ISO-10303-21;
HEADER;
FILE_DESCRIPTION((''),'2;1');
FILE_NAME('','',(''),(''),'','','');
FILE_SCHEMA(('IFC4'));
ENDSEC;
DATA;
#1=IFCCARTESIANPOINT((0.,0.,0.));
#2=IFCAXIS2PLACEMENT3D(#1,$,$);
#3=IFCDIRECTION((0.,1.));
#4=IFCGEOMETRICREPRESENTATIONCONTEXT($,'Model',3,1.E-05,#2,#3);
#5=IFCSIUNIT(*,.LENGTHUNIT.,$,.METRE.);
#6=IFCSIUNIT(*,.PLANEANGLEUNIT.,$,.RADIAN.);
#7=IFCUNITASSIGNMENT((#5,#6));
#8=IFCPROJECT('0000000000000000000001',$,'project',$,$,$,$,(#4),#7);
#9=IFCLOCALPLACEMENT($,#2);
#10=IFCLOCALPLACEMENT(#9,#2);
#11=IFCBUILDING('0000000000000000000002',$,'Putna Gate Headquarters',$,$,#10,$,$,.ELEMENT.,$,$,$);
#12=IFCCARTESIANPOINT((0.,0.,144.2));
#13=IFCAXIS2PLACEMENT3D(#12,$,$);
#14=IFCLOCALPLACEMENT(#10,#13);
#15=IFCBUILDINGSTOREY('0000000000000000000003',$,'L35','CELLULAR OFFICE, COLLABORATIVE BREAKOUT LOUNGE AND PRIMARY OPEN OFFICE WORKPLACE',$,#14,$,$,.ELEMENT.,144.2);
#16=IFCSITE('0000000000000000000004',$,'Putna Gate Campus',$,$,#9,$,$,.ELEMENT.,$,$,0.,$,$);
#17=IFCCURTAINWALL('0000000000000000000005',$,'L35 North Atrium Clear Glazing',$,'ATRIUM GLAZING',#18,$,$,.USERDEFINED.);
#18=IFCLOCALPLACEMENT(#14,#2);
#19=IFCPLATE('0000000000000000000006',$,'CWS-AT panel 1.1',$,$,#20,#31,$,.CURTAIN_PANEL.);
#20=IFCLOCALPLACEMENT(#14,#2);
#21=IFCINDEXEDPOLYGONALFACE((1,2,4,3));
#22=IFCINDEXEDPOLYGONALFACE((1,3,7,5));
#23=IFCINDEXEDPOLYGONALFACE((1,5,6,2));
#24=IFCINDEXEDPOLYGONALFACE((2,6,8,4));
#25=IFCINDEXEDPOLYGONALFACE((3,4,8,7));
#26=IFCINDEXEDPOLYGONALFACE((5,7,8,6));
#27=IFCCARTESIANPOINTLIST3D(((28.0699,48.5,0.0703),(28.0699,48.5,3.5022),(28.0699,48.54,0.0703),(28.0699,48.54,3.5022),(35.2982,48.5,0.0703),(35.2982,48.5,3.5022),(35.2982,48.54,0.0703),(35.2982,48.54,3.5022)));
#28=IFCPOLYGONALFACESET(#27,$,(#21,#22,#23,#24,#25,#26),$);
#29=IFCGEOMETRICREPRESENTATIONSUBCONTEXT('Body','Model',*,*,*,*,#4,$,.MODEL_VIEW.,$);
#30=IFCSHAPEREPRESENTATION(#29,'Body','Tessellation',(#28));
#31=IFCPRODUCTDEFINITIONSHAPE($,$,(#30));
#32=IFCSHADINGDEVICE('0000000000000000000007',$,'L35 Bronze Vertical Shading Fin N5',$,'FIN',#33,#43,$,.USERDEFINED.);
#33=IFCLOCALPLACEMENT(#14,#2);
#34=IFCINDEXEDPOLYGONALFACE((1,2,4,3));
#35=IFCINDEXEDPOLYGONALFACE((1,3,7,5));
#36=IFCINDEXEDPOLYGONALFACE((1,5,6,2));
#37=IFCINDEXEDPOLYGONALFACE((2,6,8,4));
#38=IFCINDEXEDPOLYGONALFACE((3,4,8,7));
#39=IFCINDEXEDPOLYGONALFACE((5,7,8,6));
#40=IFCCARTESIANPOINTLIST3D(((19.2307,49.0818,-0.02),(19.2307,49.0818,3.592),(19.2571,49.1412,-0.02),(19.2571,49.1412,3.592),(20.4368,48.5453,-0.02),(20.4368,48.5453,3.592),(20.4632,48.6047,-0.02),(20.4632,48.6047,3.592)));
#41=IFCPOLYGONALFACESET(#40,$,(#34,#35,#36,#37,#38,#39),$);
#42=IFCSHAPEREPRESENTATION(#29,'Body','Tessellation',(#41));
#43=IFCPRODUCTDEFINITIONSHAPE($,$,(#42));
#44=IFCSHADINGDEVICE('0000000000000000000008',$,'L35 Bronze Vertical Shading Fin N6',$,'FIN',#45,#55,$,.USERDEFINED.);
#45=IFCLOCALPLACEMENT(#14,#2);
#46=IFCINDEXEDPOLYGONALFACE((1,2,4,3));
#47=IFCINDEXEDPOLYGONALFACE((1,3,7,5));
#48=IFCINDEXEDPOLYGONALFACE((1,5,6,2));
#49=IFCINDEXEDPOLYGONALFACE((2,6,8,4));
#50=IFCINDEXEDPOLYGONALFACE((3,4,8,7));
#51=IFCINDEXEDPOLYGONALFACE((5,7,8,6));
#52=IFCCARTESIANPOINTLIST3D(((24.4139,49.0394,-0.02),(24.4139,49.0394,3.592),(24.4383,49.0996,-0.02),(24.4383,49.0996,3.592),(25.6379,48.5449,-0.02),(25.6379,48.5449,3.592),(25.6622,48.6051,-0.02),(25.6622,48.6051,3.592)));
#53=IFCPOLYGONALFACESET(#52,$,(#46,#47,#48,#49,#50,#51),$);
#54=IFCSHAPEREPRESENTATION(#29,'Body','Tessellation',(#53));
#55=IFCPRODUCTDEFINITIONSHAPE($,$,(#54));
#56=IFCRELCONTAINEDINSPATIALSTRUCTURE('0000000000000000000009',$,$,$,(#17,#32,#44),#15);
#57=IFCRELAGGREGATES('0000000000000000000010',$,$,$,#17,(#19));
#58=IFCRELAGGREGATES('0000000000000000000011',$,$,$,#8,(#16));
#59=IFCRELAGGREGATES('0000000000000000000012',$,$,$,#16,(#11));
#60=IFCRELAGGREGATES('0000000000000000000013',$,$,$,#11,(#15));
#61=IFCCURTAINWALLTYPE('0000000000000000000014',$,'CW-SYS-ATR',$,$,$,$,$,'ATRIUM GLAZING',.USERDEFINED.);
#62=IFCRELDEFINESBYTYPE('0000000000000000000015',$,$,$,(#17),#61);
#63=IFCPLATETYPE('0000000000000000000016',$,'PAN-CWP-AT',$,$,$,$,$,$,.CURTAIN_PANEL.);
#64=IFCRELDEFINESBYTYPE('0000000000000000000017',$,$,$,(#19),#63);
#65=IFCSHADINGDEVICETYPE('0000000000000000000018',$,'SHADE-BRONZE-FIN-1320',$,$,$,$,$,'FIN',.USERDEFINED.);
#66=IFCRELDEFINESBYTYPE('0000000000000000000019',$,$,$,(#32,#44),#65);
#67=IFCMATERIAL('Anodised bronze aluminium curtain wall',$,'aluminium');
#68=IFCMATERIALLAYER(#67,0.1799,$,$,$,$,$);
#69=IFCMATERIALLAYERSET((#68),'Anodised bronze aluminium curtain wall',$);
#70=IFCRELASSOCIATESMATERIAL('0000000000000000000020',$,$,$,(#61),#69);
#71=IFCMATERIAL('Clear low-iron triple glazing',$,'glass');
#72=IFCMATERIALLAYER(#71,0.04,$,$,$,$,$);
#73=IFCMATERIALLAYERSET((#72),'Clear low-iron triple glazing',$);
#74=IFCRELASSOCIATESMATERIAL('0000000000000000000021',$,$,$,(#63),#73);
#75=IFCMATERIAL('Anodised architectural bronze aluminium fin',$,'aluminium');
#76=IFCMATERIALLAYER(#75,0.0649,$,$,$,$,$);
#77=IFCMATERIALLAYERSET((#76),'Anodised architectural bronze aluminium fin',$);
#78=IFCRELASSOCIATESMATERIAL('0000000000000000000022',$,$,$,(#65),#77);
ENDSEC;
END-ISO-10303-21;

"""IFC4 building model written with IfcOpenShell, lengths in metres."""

from ifc_helpers import new_model, si_unit, direction, frame, origin, origin_2d, place, context, subcontext, project, spatial, rectangle, extrude, material, layer, layer_set, type_object, element, aggregate, save


model = new_model("IFC4")

# Units and contexts
model_context = context("Model", 3, precision=1e-05, world=origin(), true_north=direction((0.0, 1.0)))
body_context = subcontext(model_context, "Body", "Model", "MODEL_VIEW")
ifc_project = project(units=[si_unit("LENGTHUNIT", "METRE"), si_unit("PLANEANGLEUNIT", "RADIAN")], contexts=[model_context])

# Site, building, storey
site_placement = place(None, origin())
site = spatial("IfcSite", under=ifc_project, at=site_placement, Name="Putna Gate Campus", CompositionType="ELEMENT", RefElevation=0.0)
building_placement = place(site_placement, origin())
building = spatial("IfcBuilding", under=site, at=building_placement, Name="Putna Gate Headquarters", CompositionType="ELEMENT")
storey_placement = place(building_placement, frame((0.0, 0.0, 144.2)))
storey = spatial("IfcBuildingStorey", under=building, at=storey_placement, Name="L35", Description="CELLULAR OFFICE, COLLABORATIVE BREAKOUT LOUNGE AND PRIMARY OPEN OFFICE WORKPLACE", CompositionType="ELEMENT", Elevation=144.2)

# Shared definitions
ifc_material_1 = material(Name="Anodised bronze aluminium curtain wall", Category="aluminium")

# Curtain wall
ifc_layer_1 = layer(ifc_material_1, 0.1799)
ifc_layer_set_1 = layer_set([ifc_layer_1], Name="Anodised bronze aluminium curtain wall")
curtain_wall_type_1 = type_object("IfcCurtainWallType", Name="CW-SYS-ATR", ElementType="ATRIUM GLAZING", PredefinedType="USERDEFINED", material=ifc_layer_set_1)
curtain_wall_1_placement = place(storey_placement, origin())
curtain_wall_1 = element("IfcCurtainWall", 1, at=curtain_wall_1_placement, inside=storey, type_object=curtain_wall_type_1, Name="L35 North Atrium Clear Glazing", ObjectType="ATRIUM GLAZING", PredefinedType="USERDEFINED")

# Plate
ifc_material_2 = material(Name="Clear low-iron triple glazing", Category="glass")
ifc_layer_2 = layer(ifc_material_2, 0.04)
ifc_layer_set_2 = layer_set([ifc_layer_2], Name="Clear low-iron triple glazing")
plate_type_1 = type_object("IfcPlateType", Name="PAN-CWP-AT", PredefinedType="CURTAIN_PANEL", material=ifc_layer_set_2)
plate_1_placement = place(storey_placement, frame((31.6841, 48.52, 0.0703), z_axis=(0.0, 0.0, 1.0), x_axis=(1.0, 0.0, 0.0)))
plate_1 = element("IfcPlate", 2, at=plate_1_placement, type_object=plate_type_1, Name="CWS-AT panel 1.1", PredefinedType="CURTAIN_PANEL", context=body_context, shape_type="SweptSolid", body=[
    extrude(rectangle(XDim=7.2283, YDim=0.04, at=origin_2d()), origin(), (0.0, 0.0, 1.0), 3.4319),
])
aggregate(curtain_wall_1, [plate_1])

# Shading devices
ifc_material_3 = material(Name="Anodised architectural bronze aluminium fin", Category="aluminium")
ifc_layer_3 = layer(ifc_material_3, 0.0649)
ifc_layer_set_3 = layer_set([ifc_layer_3], Name="Anodised architectural bronze aluminium fin")
shading_device_type = type_object("IfcShadingDeviceType", Name="SHADE-BRONZE-FIN-1320", ElementType="FIN", PredefinedType="USERDEFINED", material=ifc_layer_set_3)
for number, where, z_axis, x_axis, name in (
    (3, (19.8469, 48.8433, -0.02), (0.0, 0.0, 1.0), (-0.913687, 0.406418, 0.0), "L35 Bronze Vertical Shading Fin N5"),
    (4, (25.0381, 48.8223, -0.02), (0.0, 0.0, 1.0), (-0.927184, 0.374607, 0.0), "L35 Bronze Vertical Shading Fin N6"),
):
    element("IfcShadingDevice", number, at=place(storey_placement, frame(where, z_axis=z_axis, x_axis=x_axis)), inside=storey, type_object=shading_device_type, Name=name, ObjectType="FIN", PredefinedType="USERDEFINED", context=body_context, shape_type="SweptSolid", body=[
        extrude(rectangle(XDim=1.3201, YDim=0.0649, at=origin_2d()), origin(), (0.0, 0.0, 1.0), 3.6121),
    ])

save(model, "model.ifc")
